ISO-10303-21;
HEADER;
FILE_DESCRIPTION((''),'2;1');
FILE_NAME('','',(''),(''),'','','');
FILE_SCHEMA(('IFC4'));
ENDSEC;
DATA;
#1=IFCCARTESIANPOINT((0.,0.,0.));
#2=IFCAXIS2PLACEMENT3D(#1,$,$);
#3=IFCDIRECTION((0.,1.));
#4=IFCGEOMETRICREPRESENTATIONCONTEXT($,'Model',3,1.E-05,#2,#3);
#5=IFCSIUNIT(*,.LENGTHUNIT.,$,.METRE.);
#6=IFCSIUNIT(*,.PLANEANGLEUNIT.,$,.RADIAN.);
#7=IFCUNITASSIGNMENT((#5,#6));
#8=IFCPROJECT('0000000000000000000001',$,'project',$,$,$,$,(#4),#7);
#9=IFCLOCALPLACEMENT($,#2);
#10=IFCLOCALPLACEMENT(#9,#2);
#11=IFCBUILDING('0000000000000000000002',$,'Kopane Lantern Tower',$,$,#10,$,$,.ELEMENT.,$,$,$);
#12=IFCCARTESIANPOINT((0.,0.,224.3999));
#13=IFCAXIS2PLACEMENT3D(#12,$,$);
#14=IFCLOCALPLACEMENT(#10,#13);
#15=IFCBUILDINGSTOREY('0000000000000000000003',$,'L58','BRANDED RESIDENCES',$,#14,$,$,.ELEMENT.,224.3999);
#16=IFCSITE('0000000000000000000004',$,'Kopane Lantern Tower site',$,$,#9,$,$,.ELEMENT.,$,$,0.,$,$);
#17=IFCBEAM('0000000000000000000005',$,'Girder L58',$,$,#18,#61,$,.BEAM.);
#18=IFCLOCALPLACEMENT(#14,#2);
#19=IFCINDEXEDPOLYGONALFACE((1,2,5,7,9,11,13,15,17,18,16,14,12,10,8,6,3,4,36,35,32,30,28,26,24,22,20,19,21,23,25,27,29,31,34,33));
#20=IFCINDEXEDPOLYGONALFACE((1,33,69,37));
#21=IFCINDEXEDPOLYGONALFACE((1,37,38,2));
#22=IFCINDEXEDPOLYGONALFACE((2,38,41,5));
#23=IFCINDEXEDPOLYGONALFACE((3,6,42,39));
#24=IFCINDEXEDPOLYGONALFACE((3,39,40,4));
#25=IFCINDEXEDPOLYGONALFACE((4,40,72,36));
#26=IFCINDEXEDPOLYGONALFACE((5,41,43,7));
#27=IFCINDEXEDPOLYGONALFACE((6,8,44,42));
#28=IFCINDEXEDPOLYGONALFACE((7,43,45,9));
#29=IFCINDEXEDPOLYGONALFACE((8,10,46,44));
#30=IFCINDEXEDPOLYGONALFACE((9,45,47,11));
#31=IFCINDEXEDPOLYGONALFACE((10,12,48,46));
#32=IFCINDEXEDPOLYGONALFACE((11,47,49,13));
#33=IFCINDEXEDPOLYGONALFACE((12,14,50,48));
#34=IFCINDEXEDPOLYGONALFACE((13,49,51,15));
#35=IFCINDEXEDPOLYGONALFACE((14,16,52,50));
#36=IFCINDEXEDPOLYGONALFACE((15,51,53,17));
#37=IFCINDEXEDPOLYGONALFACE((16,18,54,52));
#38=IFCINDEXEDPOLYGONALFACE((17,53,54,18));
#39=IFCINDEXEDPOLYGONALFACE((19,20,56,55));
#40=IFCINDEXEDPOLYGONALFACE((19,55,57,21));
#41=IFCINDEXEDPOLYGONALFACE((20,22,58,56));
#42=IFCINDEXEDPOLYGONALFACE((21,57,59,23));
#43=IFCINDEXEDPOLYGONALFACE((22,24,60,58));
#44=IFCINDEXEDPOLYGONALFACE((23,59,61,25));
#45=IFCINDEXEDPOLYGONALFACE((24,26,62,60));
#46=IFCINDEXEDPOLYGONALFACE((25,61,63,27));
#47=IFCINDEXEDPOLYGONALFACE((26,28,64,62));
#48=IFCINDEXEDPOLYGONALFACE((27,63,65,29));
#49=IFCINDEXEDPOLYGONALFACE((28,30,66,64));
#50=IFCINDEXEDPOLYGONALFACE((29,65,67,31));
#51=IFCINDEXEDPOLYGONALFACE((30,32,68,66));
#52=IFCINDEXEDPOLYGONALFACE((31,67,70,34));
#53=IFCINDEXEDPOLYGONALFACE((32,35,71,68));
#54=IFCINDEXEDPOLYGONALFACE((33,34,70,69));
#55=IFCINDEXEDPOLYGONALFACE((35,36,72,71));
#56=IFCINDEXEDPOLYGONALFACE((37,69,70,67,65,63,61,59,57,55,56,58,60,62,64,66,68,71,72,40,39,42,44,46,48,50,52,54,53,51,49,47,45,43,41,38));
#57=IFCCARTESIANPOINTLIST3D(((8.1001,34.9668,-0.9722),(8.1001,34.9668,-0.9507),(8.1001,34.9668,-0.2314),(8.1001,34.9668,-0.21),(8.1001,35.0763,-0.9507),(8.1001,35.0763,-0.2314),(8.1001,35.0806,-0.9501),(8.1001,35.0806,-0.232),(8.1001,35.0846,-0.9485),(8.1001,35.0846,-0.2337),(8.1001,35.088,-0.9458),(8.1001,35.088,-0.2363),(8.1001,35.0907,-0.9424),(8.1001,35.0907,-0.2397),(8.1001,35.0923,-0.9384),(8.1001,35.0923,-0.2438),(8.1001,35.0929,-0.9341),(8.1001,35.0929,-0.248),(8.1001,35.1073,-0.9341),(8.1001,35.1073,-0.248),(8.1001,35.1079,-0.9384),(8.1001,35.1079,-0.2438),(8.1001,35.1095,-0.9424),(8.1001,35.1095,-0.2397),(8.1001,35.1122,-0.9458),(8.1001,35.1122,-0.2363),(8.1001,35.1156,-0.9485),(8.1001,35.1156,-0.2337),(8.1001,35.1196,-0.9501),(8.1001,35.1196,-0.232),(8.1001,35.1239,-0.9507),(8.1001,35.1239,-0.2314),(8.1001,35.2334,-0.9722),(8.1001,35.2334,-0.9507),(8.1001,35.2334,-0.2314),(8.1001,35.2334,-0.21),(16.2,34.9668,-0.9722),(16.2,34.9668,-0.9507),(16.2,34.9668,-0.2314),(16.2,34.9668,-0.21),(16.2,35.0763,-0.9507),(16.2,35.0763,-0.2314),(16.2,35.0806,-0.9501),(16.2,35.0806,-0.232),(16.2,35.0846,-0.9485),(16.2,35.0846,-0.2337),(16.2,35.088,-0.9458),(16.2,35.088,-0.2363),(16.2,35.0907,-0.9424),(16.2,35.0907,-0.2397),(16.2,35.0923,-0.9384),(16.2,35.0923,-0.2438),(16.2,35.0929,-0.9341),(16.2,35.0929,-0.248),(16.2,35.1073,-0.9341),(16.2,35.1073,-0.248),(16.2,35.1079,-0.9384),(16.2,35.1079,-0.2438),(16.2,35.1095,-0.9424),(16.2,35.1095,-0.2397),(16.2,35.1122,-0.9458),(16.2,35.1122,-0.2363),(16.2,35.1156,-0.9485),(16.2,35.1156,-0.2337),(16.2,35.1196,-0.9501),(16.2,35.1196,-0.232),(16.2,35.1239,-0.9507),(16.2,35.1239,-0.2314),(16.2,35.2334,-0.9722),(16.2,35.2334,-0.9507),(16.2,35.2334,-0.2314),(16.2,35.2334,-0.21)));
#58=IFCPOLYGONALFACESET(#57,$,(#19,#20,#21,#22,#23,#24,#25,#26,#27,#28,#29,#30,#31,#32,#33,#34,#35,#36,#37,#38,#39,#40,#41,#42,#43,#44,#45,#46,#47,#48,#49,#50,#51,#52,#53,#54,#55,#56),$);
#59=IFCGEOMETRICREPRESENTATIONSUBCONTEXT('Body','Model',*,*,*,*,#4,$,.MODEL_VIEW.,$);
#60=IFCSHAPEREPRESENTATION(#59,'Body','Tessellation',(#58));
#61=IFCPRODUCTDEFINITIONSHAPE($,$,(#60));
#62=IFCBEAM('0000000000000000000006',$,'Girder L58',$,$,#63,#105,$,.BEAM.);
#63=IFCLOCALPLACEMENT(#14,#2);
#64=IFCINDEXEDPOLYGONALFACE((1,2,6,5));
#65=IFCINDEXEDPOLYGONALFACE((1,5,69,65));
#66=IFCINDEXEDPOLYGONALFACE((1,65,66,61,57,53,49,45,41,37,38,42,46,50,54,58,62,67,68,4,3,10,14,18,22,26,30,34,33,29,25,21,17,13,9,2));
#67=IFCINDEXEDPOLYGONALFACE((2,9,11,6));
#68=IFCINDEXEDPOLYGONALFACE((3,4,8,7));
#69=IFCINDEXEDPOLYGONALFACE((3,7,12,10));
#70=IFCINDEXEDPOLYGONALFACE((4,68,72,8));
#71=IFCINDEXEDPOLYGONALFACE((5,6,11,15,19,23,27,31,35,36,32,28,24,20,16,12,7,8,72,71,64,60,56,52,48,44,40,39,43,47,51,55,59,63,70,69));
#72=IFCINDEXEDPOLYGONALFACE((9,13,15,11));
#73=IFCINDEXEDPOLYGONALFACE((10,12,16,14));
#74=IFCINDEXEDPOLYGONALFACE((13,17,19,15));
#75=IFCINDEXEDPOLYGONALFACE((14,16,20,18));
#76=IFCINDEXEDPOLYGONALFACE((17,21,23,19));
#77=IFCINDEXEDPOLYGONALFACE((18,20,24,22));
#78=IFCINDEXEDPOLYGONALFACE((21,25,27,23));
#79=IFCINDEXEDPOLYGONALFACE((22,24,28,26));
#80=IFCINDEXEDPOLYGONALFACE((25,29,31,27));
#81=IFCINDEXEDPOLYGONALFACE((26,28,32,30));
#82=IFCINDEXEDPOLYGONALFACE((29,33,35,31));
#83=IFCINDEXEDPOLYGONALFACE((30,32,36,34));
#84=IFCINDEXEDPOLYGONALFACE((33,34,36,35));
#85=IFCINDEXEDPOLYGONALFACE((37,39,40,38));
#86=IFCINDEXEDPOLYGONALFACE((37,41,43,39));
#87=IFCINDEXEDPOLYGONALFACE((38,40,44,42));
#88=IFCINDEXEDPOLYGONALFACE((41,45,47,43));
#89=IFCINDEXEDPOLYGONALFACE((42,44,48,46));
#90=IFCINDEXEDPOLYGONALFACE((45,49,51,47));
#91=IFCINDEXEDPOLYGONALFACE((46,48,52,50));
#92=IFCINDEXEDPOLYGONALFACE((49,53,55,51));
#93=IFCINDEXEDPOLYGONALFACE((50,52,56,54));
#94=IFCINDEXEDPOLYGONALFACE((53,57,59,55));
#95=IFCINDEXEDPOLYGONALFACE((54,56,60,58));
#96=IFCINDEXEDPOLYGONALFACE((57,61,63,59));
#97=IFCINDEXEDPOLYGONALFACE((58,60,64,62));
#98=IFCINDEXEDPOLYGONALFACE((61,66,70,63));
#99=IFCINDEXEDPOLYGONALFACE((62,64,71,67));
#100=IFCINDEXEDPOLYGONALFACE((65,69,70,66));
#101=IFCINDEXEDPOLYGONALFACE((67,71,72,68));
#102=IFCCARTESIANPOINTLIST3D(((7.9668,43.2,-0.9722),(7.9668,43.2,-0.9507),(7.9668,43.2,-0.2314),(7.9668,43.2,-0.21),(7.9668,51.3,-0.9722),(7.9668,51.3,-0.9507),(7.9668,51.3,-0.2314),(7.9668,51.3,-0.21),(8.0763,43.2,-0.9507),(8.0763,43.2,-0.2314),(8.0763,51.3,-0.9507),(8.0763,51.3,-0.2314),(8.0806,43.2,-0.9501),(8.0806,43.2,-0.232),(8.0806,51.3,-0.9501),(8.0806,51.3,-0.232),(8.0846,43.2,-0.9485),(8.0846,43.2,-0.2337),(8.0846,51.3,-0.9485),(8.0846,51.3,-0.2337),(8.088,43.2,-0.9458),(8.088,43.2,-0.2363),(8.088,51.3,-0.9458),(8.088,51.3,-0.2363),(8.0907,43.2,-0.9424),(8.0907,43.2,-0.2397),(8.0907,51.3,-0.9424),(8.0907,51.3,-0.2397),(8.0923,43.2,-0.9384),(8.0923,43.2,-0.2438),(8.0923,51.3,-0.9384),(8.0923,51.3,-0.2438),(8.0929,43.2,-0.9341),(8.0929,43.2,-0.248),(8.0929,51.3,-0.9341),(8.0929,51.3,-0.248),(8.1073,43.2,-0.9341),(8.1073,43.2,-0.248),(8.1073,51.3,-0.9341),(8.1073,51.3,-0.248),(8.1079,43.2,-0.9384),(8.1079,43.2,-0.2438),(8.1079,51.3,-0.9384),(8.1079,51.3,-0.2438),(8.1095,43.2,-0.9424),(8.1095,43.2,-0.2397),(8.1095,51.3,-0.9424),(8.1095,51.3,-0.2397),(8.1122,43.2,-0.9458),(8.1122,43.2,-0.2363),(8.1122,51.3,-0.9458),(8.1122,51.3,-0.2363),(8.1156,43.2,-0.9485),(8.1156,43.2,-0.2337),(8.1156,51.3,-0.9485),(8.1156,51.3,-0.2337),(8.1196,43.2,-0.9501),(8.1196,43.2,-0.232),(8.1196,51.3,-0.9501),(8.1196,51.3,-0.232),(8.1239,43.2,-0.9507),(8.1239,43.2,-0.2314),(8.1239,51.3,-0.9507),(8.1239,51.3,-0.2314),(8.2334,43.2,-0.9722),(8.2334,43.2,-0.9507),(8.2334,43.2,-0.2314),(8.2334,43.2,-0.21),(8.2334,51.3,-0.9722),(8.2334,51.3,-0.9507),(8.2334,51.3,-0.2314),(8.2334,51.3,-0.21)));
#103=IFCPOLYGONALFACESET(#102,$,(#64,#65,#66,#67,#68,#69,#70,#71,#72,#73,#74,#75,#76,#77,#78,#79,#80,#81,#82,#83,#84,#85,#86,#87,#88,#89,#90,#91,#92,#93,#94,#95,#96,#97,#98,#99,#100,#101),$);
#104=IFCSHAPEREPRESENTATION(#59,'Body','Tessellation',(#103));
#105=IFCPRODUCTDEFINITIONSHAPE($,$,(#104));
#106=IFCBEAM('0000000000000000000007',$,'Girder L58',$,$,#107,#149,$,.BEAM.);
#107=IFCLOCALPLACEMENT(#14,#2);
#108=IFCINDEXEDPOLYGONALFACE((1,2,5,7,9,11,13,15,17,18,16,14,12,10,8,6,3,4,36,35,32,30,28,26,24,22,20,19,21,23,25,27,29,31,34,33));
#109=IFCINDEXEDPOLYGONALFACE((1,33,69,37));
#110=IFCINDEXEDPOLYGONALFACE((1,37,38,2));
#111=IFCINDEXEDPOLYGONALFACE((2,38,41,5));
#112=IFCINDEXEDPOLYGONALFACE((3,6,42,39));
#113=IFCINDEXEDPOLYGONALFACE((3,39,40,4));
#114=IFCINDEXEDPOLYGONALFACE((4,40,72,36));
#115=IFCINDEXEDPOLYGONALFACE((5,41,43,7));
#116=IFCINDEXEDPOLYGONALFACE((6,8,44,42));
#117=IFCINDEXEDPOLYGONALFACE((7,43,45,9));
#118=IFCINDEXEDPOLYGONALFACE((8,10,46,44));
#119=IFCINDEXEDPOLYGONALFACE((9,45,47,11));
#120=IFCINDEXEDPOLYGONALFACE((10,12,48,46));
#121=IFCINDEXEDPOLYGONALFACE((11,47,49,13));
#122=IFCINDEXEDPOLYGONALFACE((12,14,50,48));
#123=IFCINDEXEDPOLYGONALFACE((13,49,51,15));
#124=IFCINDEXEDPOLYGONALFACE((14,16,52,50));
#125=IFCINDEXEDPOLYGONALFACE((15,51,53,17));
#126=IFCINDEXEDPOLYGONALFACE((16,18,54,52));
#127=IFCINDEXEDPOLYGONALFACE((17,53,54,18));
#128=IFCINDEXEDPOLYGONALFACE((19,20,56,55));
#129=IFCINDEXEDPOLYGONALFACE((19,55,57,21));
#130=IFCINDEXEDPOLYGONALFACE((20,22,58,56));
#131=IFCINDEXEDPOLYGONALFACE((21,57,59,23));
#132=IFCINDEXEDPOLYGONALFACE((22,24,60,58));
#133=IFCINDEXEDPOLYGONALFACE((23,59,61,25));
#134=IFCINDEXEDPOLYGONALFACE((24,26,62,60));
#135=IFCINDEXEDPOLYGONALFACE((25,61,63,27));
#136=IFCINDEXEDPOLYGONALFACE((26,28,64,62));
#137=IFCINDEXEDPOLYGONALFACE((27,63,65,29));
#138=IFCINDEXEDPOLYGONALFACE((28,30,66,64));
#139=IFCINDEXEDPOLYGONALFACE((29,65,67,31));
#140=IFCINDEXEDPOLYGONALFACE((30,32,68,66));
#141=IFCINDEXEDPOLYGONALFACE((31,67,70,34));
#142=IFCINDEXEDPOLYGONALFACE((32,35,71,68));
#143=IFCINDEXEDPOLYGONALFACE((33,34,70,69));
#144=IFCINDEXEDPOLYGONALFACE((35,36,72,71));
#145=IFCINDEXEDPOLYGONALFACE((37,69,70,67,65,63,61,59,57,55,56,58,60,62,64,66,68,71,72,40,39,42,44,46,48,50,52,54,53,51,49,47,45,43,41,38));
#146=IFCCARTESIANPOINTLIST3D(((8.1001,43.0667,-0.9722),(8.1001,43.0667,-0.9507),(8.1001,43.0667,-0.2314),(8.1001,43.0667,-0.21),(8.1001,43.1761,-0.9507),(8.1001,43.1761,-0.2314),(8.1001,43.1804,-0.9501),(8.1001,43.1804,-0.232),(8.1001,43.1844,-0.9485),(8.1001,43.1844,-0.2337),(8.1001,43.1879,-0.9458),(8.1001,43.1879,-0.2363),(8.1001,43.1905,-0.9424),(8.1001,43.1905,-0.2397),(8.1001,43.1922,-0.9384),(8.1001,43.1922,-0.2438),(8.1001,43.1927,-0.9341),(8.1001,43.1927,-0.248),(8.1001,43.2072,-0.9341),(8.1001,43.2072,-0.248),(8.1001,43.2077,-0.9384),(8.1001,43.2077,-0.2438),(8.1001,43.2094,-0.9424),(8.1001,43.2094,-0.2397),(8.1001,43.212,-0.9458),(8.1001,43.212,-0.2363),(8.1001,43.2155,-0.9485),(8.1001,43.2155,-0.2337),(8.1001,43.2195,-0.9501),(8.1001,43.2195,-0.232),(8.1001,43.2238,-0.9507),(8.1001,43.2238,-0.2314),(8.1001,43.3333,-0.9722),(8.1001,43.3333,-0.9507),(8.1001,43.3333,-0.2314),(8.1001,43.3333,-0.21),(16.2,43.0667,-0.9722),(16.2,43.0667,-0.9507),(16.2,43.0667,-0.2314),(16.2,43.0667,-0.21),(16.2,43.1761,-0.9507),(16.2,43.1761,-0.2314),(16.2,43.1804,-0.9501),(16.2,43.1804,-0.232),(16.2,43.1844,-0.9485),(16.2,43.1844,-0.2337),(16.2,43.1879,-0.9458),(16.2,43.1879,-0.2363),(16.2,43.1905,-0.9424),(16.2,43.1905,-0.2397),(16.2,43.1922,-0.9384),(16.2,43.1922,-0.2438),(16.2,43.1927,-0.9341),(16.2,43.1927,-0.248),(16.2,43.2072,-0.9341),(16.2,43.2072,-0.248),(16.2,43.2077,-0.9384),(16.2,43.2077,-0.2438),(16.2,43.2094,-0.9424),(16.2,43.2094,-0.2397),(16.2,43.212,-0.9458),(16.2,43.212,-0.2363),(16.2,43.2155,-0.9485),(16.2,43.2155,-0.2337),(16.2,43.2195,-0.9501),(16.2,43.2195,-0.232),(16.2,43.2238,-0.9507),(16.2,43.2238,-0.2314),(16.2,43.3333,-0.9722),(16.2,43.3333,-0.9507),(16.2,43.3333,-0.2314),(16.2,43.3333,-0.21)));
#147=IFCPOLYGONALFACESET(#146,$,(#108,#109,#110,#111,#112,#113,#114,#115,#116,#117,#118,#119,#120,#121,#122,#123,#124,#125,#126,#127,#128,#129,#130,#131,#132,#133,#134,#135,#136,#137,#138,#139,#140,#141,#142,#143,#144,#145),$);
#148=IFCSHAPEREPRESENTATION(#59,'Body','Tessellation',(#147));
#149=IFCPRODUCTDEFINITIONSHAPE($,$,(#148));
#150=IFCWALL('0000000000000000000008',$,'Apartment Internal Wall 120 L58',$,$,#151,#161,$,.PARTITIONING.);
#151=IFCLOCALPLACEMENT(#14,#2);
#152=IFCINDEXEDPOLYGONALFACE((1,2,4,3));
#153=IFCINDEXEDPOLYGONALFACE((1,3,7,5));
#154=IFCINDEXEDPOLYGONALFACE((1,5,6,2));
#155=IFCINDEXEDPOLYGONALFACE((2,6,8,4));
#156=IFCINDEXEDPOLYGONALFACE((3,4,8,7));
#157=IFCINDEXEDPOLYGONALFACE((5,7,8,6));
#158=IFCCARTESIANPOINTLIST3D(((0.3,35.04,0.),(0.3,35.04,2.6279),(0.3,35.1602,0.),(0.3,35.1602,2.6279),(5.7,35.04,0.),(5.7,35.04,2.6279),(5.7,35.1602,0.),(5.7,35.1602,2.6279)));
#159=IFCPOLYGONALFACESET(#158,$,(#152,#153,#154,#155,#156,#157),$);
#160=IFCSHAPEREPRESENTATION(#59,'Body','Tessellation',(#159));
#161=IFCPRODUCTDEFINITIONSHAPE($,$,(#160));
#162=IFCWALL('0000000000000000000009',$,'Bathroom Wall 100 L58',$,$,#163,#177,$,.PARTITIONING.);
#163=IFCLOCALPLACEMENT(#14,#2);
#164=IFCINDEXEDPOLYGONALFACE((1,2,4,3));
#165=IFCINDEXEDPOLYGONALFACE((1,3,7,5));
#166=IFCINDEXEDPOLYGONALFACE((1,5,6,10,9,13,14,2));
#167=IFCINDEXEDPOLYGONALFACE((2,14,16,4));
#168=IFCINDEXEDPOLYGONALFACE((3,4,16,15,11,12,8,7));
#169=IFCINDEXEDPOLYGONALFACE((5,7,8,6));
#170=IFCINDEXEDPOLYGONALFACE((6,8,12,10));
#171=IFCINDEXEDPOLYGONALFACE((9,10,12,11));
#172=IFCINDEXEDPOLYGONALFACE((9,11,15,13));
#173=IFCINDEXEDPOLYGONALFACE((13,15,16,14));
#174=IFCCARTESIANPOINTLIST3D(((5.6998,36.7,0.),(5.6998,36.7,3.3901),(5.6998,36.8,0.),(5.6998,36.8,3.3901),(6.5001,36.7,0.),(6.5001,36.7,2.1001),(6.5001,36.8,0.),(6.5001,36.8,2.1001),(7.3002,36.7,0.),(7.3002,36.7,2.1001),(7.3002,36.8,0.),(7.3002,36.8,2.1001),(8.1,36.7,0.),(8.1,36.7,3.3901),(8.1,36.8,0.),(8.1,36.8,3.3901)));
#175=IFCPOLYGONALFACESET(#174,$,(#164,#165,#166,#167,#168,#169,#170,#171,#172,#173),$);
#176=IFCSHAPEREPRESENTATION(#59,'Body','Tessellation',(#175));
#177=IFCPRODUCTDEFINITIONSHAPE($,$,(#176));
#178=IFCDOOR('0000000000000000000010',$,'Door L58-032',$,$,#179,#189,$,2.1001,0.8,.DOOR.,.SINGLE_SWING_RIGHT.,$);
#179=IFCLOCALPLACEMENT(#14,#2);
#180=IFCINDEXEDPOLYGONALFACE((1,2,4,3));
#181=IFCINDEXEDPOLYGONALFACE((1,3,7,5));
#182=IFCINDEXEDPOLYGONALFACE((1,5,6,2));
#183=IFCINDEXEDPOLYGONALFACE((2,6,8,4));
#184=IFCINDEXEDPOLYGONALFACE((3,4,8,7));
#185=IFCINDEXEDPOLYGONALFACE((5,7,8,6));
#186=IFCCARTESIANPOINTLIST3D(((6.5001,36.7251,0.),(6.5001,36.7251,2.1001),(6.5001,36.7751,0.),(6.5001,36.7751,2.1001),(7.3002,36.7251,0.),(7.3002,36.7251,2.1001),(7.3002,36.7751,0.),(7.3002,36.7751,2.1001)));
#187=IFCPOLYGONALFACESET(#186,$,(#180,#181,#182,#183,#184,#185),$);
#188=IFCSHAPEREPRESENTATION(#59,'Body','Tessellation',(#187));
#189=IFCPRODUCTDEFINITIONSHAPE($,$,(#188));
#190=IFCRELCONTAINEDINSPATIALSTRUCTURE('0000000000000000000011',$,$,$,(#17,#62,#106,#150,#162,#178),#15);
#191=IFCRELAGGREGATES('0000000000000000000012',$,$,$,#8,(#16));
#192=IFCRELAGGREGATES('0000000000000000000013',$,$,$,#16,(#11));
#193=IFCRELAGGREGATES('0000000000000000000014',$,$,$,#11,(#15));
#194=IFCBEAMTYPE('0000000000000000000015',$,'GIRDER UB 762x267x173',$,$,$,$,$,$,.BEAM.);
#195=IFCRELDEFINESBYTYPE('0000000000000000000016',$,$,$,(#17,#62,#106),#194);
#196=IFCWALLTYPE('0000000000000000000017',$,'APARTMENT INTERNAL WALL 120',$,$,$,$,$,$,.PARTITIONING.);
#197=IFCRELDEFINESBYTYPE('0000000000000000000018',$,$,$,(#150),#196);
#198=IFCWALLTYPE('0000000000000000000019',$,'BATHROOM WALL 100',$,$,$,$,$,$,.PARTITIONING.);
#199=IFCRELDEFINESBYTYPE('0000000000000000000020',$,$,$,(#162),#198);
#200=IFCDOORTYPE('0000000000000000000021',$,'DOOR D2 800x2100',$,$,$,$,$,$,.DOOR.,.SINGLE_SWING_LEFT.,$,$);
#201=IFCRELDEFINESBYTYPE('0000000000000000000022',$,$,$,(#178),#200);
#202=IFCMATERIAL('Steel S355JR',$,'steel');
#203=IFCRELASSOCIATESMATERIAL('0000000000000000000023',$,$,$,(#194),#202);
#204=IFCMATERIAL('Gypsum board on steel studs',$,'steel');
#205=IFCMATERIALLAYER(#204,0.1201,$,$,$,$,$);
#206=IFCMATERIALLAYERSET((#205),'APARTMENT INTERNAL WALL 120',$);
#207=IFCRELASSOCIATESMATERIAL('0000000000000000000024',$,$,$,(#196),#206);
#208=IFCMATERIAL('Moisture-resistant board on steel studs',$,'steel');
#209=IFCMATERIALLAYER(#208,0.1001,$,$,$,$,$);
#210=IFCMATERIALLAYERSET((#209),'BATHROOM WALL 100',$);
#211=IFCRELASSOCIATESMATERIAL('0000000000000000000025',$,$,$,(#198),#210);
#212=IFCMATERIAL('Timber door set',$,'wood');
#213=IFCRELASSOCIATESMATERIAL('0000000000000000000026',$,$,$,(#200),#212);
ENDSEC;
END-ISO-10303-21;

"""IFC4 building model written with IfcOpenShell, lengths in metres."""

from ifc_helpers import new_model, si_unit, direction, frame, frame_2d, origin, origin_2d, place, context, subcontext, project, spatial, rectangle, i_section, extrude, material, layer, layer_set, material_profile, profile_set, type_object, element, fill, save


model = new_model("IFC4")

# Units and contexts
model_context = context("Model", 3, precision=1e-05, world=origin(), true_north=direction((0.0, 1.0)))
body_context = subcontext(model_context, "Body", "Model", "MODEL_VIEW")
ifc_project = project(units=[si_unit("LENGTHUNIT", "METRE"), si_unit("PLANEANGLEUNIT", "RADIAN")], contexts=[model_context])

# Site, building, storey
site_placement = place(None, origin())
site = spatial("IfcSite", under=ifc_project, at=site_placement, Name="Kopane Lantern Tower site", CompositionType="ELEMENT", RefElevation=0.0)
building_placement = place(site_placement, origin())
building = spatial("IfcBuilding", under=site, at=building_placement, Name="Kopane Lantern Tower", CompositionType="ELEMENT")
storey_placement = place(building_placement, frame((0.0, 0.0, 224.3999)))
storey = spatial("IfcBuildingStorey", under=building, at=storey_placement, Name="L58", Description="BRANDED RESIDENCES", CompositionType="ELEMENT", Elevation=224.3999)

# Beams
ifc_material_1 = material(Name="Steel S355JR", Category="steel")
ifc_material_profile_1 = material_profile(ifc_material_1, i_section(OverallWidth=0.2666, OverallDepth=0.7622, WebThickness=0.0144, FlangeThickness=0.0215, FilletRadius=0.0166, at=origin_2d()), Name="UB 762x267x173")
ifc_profile_set_1 = profile_set([ifc_material_profile_1], Name="Steel S355JR")
beam_type = type_object("IfcBeamType", Name="GIRDER UB 762x267x173", PredefinedType="BEAM", material=ifc_profile_set_1)
for number, where, z_axis, x_axis, name in (
    (1, (8.1001, 35.1001, -0.5911), (1.0, 0.0, 0.0), (0.0, 1.0, 0.0), "Girder L58"),
):
    element("IfcBeam", number, at=place(storey_placement, frame(where, z_axis=z_axis, x_axis=x_axis)), inside=storey, type_object=beam_type, Name=name, PredefinedType="BEAM", context=body_context, shape_type="SweptSolid", body=[
        extrude(i_section(OverallWidth=0.2666, OverallDepth=0.7622, WebThickness=0.0144, FlangeThickness=0.0215, FilletRadius=0.0166, at=origin_2d()), origin(), (0.0, 0.0, 1.0), 8.0999),
    ])
beam_1_placement = place(storey_placement, frame((8.1001, 43.2, -0.5911), z_axis=(0.0, 1.0, 0.0), x_axis=(-1.0, 0.0, 0.0)))
element("IfcBeam", 2, at=beam_1_placement, inside=storey, type_object=beam_type, Name="Girder L58", PredefinedType="BEAM", context=body_context, shape_type="SweptSolid", body=[
    extrude(i_section(OverallWidth=0.2666, OverallDepth=0.7622, WebThickness=0.0144, FlangeThickness=0.0215, FilletRadius=0.0166, at=origin_2d()), origin(), (0.0, 0.0, 1.0), 8.1001),
])
beam_2_placement = place(storey_placement, frame((8.1001, 43.2, -0.5911), z_axis=(1.0, 0.0, 0.0), x_axis=(0.0, 1.0, 0.0)))
element("IfcBeam", 3, at=beam_2_placement, inside=storey, type_object=beam_type, Name="Girder L58", PredefinedType="BEAM", context=body_context, shape_type="SweptSolid", body=[
    extrude(i_section(OverallWidth=0.2666, OverallDepth=0.7622, WebThickness=0.0144, FlangeThickness=0.0215, FilletRadius=0.0166, at=origin_2d()), origin(), (0.0, 0.0, 1.0), 8.0999),
])

# Wall
ifc_material_2 = material(Name="Gypsum board on steel studs", Category="steel")
ifc_layer_1 = layer(ifc_material_2, 0.1201)
ifc_layer_set_1 = layer_set([ifc_layer_1], Name="APARTMENT INTERNAL WALL 120")
wall_type_1 = type_object("IfcWallType", Name="APARTMENT INTERNAL WALL 120", PredefinedType="PARTITIONING", material=ifc_layer_set_1)
wall_1_placement = place(storey_placement, frame((5.7, 35.1001, 0.0), z_axis=(0.0, 0.0, 1.0), x_axis=(-1.0, 0.0, 0.0)))
element("IfcWall", 4, at=wall_1_placement, inside=storey, type_object=wall_type_1, Name="Apartment Internal Wall 120 L58", PredefinedType="PARTITIONING", context=body_context, shape_type="SweptSolid", body=[
    extrude(rectangle(XDim=5.3999, YDim=0.1201, at=frame_2d((2.7, 0.0))), origin(), (0.0, 0.0, 1.0), 2.6279),
])

# Wall, opening, door
ifc_material_3 = material(Name="Moisture-resistant board on steel studs", Category="steel")
ifc_layer_2 = layer(ifc_material_3, 0.1001)
ifc_layer_set_2 = layer_set([ifc_layer_2], Name="BATHROOM WALL 100")
wall_type_2 = type_object("IfcWallType", Name="BATHROOM WALL 100", PredefinedType="PARTITIONING", material=ifc_layer_set_2)
wall_2_placement = place(storey_placement, frame((8.1001, 36.75, 0.0), z_axis=(0.0, 0.0, 1.0), x_axis=(-1.0, 0.0, 0.0)))
wall_2 = element("IfcWall", 5, at=wall_2_placement, inside=storey, type_object=wall_type_2, Name="Bathroom Wall 100 L58", PredefinedType="PARTITIONING", context=body_context, shape_type="SweptSolid", body=[
    extrude(rectangle(XDim=2.4001, YDim=0.1001, at=frame_2d((1.2002, 0.0))), origin(), (0.0, 0.0, 1.0), 3.3901),
])
opening_1_placement = place(wall_2_placement, frame((0.8, 0.0, 0.0)))
opening_1 = element("IfcOpeningElement", 6, at=opening_1_placement, cuts=wall_2, PredefinedType="OPENING", context=body_context, shape_type="SweptSolid", body=[
    extrude(rectangle(XDim=0.8, YDim=2.1001, at=frame_2d((0.3999, 1.05))), frame((0.0, 0.0601, 0.0), z_axis=(0.0, -1.0, 0.0), x_axis=(1.0, 0.0, 0.0)), (0.0, 0.0, 1.0), 0.1201),
])
ifc_material_4 = material(Name="Timber door set", Category="wood")
door_type = type_object("IfcDoorType", Name="DOOR D2 800x2100", OperationType="SINGLE_SWING_LEFT", PredefinedType="DOOR", material=ifc_material_4)
door_1_placement = place(opening_1_placement, origin())
door_1 = element("IfcDoor", 7, at=door_1_placement, inside=storey, type_object=door_type, Name="Door L58-032", OperationType="SINGLE_SWING_RIGHT", OverallHeight=2.1001, OverallWidth=0.8, PredefinedType="DOOR", context=body_context, shape_type="SweptSolid", body=[
    extrude(rectangle(XDim=0.8, YDim=2.1001, at=frame_2d((0.3999, 1.05))), frame((0.0, 0.0249, 0.0), z_axis=(0.0, -1.0, 0.0), x_axis=(1.0, 0.0, 0.0)), (0.0, 0.0, 1.0), 0.05),
])
fill(opening_1, door_1)

save(model, "model.ifc")
